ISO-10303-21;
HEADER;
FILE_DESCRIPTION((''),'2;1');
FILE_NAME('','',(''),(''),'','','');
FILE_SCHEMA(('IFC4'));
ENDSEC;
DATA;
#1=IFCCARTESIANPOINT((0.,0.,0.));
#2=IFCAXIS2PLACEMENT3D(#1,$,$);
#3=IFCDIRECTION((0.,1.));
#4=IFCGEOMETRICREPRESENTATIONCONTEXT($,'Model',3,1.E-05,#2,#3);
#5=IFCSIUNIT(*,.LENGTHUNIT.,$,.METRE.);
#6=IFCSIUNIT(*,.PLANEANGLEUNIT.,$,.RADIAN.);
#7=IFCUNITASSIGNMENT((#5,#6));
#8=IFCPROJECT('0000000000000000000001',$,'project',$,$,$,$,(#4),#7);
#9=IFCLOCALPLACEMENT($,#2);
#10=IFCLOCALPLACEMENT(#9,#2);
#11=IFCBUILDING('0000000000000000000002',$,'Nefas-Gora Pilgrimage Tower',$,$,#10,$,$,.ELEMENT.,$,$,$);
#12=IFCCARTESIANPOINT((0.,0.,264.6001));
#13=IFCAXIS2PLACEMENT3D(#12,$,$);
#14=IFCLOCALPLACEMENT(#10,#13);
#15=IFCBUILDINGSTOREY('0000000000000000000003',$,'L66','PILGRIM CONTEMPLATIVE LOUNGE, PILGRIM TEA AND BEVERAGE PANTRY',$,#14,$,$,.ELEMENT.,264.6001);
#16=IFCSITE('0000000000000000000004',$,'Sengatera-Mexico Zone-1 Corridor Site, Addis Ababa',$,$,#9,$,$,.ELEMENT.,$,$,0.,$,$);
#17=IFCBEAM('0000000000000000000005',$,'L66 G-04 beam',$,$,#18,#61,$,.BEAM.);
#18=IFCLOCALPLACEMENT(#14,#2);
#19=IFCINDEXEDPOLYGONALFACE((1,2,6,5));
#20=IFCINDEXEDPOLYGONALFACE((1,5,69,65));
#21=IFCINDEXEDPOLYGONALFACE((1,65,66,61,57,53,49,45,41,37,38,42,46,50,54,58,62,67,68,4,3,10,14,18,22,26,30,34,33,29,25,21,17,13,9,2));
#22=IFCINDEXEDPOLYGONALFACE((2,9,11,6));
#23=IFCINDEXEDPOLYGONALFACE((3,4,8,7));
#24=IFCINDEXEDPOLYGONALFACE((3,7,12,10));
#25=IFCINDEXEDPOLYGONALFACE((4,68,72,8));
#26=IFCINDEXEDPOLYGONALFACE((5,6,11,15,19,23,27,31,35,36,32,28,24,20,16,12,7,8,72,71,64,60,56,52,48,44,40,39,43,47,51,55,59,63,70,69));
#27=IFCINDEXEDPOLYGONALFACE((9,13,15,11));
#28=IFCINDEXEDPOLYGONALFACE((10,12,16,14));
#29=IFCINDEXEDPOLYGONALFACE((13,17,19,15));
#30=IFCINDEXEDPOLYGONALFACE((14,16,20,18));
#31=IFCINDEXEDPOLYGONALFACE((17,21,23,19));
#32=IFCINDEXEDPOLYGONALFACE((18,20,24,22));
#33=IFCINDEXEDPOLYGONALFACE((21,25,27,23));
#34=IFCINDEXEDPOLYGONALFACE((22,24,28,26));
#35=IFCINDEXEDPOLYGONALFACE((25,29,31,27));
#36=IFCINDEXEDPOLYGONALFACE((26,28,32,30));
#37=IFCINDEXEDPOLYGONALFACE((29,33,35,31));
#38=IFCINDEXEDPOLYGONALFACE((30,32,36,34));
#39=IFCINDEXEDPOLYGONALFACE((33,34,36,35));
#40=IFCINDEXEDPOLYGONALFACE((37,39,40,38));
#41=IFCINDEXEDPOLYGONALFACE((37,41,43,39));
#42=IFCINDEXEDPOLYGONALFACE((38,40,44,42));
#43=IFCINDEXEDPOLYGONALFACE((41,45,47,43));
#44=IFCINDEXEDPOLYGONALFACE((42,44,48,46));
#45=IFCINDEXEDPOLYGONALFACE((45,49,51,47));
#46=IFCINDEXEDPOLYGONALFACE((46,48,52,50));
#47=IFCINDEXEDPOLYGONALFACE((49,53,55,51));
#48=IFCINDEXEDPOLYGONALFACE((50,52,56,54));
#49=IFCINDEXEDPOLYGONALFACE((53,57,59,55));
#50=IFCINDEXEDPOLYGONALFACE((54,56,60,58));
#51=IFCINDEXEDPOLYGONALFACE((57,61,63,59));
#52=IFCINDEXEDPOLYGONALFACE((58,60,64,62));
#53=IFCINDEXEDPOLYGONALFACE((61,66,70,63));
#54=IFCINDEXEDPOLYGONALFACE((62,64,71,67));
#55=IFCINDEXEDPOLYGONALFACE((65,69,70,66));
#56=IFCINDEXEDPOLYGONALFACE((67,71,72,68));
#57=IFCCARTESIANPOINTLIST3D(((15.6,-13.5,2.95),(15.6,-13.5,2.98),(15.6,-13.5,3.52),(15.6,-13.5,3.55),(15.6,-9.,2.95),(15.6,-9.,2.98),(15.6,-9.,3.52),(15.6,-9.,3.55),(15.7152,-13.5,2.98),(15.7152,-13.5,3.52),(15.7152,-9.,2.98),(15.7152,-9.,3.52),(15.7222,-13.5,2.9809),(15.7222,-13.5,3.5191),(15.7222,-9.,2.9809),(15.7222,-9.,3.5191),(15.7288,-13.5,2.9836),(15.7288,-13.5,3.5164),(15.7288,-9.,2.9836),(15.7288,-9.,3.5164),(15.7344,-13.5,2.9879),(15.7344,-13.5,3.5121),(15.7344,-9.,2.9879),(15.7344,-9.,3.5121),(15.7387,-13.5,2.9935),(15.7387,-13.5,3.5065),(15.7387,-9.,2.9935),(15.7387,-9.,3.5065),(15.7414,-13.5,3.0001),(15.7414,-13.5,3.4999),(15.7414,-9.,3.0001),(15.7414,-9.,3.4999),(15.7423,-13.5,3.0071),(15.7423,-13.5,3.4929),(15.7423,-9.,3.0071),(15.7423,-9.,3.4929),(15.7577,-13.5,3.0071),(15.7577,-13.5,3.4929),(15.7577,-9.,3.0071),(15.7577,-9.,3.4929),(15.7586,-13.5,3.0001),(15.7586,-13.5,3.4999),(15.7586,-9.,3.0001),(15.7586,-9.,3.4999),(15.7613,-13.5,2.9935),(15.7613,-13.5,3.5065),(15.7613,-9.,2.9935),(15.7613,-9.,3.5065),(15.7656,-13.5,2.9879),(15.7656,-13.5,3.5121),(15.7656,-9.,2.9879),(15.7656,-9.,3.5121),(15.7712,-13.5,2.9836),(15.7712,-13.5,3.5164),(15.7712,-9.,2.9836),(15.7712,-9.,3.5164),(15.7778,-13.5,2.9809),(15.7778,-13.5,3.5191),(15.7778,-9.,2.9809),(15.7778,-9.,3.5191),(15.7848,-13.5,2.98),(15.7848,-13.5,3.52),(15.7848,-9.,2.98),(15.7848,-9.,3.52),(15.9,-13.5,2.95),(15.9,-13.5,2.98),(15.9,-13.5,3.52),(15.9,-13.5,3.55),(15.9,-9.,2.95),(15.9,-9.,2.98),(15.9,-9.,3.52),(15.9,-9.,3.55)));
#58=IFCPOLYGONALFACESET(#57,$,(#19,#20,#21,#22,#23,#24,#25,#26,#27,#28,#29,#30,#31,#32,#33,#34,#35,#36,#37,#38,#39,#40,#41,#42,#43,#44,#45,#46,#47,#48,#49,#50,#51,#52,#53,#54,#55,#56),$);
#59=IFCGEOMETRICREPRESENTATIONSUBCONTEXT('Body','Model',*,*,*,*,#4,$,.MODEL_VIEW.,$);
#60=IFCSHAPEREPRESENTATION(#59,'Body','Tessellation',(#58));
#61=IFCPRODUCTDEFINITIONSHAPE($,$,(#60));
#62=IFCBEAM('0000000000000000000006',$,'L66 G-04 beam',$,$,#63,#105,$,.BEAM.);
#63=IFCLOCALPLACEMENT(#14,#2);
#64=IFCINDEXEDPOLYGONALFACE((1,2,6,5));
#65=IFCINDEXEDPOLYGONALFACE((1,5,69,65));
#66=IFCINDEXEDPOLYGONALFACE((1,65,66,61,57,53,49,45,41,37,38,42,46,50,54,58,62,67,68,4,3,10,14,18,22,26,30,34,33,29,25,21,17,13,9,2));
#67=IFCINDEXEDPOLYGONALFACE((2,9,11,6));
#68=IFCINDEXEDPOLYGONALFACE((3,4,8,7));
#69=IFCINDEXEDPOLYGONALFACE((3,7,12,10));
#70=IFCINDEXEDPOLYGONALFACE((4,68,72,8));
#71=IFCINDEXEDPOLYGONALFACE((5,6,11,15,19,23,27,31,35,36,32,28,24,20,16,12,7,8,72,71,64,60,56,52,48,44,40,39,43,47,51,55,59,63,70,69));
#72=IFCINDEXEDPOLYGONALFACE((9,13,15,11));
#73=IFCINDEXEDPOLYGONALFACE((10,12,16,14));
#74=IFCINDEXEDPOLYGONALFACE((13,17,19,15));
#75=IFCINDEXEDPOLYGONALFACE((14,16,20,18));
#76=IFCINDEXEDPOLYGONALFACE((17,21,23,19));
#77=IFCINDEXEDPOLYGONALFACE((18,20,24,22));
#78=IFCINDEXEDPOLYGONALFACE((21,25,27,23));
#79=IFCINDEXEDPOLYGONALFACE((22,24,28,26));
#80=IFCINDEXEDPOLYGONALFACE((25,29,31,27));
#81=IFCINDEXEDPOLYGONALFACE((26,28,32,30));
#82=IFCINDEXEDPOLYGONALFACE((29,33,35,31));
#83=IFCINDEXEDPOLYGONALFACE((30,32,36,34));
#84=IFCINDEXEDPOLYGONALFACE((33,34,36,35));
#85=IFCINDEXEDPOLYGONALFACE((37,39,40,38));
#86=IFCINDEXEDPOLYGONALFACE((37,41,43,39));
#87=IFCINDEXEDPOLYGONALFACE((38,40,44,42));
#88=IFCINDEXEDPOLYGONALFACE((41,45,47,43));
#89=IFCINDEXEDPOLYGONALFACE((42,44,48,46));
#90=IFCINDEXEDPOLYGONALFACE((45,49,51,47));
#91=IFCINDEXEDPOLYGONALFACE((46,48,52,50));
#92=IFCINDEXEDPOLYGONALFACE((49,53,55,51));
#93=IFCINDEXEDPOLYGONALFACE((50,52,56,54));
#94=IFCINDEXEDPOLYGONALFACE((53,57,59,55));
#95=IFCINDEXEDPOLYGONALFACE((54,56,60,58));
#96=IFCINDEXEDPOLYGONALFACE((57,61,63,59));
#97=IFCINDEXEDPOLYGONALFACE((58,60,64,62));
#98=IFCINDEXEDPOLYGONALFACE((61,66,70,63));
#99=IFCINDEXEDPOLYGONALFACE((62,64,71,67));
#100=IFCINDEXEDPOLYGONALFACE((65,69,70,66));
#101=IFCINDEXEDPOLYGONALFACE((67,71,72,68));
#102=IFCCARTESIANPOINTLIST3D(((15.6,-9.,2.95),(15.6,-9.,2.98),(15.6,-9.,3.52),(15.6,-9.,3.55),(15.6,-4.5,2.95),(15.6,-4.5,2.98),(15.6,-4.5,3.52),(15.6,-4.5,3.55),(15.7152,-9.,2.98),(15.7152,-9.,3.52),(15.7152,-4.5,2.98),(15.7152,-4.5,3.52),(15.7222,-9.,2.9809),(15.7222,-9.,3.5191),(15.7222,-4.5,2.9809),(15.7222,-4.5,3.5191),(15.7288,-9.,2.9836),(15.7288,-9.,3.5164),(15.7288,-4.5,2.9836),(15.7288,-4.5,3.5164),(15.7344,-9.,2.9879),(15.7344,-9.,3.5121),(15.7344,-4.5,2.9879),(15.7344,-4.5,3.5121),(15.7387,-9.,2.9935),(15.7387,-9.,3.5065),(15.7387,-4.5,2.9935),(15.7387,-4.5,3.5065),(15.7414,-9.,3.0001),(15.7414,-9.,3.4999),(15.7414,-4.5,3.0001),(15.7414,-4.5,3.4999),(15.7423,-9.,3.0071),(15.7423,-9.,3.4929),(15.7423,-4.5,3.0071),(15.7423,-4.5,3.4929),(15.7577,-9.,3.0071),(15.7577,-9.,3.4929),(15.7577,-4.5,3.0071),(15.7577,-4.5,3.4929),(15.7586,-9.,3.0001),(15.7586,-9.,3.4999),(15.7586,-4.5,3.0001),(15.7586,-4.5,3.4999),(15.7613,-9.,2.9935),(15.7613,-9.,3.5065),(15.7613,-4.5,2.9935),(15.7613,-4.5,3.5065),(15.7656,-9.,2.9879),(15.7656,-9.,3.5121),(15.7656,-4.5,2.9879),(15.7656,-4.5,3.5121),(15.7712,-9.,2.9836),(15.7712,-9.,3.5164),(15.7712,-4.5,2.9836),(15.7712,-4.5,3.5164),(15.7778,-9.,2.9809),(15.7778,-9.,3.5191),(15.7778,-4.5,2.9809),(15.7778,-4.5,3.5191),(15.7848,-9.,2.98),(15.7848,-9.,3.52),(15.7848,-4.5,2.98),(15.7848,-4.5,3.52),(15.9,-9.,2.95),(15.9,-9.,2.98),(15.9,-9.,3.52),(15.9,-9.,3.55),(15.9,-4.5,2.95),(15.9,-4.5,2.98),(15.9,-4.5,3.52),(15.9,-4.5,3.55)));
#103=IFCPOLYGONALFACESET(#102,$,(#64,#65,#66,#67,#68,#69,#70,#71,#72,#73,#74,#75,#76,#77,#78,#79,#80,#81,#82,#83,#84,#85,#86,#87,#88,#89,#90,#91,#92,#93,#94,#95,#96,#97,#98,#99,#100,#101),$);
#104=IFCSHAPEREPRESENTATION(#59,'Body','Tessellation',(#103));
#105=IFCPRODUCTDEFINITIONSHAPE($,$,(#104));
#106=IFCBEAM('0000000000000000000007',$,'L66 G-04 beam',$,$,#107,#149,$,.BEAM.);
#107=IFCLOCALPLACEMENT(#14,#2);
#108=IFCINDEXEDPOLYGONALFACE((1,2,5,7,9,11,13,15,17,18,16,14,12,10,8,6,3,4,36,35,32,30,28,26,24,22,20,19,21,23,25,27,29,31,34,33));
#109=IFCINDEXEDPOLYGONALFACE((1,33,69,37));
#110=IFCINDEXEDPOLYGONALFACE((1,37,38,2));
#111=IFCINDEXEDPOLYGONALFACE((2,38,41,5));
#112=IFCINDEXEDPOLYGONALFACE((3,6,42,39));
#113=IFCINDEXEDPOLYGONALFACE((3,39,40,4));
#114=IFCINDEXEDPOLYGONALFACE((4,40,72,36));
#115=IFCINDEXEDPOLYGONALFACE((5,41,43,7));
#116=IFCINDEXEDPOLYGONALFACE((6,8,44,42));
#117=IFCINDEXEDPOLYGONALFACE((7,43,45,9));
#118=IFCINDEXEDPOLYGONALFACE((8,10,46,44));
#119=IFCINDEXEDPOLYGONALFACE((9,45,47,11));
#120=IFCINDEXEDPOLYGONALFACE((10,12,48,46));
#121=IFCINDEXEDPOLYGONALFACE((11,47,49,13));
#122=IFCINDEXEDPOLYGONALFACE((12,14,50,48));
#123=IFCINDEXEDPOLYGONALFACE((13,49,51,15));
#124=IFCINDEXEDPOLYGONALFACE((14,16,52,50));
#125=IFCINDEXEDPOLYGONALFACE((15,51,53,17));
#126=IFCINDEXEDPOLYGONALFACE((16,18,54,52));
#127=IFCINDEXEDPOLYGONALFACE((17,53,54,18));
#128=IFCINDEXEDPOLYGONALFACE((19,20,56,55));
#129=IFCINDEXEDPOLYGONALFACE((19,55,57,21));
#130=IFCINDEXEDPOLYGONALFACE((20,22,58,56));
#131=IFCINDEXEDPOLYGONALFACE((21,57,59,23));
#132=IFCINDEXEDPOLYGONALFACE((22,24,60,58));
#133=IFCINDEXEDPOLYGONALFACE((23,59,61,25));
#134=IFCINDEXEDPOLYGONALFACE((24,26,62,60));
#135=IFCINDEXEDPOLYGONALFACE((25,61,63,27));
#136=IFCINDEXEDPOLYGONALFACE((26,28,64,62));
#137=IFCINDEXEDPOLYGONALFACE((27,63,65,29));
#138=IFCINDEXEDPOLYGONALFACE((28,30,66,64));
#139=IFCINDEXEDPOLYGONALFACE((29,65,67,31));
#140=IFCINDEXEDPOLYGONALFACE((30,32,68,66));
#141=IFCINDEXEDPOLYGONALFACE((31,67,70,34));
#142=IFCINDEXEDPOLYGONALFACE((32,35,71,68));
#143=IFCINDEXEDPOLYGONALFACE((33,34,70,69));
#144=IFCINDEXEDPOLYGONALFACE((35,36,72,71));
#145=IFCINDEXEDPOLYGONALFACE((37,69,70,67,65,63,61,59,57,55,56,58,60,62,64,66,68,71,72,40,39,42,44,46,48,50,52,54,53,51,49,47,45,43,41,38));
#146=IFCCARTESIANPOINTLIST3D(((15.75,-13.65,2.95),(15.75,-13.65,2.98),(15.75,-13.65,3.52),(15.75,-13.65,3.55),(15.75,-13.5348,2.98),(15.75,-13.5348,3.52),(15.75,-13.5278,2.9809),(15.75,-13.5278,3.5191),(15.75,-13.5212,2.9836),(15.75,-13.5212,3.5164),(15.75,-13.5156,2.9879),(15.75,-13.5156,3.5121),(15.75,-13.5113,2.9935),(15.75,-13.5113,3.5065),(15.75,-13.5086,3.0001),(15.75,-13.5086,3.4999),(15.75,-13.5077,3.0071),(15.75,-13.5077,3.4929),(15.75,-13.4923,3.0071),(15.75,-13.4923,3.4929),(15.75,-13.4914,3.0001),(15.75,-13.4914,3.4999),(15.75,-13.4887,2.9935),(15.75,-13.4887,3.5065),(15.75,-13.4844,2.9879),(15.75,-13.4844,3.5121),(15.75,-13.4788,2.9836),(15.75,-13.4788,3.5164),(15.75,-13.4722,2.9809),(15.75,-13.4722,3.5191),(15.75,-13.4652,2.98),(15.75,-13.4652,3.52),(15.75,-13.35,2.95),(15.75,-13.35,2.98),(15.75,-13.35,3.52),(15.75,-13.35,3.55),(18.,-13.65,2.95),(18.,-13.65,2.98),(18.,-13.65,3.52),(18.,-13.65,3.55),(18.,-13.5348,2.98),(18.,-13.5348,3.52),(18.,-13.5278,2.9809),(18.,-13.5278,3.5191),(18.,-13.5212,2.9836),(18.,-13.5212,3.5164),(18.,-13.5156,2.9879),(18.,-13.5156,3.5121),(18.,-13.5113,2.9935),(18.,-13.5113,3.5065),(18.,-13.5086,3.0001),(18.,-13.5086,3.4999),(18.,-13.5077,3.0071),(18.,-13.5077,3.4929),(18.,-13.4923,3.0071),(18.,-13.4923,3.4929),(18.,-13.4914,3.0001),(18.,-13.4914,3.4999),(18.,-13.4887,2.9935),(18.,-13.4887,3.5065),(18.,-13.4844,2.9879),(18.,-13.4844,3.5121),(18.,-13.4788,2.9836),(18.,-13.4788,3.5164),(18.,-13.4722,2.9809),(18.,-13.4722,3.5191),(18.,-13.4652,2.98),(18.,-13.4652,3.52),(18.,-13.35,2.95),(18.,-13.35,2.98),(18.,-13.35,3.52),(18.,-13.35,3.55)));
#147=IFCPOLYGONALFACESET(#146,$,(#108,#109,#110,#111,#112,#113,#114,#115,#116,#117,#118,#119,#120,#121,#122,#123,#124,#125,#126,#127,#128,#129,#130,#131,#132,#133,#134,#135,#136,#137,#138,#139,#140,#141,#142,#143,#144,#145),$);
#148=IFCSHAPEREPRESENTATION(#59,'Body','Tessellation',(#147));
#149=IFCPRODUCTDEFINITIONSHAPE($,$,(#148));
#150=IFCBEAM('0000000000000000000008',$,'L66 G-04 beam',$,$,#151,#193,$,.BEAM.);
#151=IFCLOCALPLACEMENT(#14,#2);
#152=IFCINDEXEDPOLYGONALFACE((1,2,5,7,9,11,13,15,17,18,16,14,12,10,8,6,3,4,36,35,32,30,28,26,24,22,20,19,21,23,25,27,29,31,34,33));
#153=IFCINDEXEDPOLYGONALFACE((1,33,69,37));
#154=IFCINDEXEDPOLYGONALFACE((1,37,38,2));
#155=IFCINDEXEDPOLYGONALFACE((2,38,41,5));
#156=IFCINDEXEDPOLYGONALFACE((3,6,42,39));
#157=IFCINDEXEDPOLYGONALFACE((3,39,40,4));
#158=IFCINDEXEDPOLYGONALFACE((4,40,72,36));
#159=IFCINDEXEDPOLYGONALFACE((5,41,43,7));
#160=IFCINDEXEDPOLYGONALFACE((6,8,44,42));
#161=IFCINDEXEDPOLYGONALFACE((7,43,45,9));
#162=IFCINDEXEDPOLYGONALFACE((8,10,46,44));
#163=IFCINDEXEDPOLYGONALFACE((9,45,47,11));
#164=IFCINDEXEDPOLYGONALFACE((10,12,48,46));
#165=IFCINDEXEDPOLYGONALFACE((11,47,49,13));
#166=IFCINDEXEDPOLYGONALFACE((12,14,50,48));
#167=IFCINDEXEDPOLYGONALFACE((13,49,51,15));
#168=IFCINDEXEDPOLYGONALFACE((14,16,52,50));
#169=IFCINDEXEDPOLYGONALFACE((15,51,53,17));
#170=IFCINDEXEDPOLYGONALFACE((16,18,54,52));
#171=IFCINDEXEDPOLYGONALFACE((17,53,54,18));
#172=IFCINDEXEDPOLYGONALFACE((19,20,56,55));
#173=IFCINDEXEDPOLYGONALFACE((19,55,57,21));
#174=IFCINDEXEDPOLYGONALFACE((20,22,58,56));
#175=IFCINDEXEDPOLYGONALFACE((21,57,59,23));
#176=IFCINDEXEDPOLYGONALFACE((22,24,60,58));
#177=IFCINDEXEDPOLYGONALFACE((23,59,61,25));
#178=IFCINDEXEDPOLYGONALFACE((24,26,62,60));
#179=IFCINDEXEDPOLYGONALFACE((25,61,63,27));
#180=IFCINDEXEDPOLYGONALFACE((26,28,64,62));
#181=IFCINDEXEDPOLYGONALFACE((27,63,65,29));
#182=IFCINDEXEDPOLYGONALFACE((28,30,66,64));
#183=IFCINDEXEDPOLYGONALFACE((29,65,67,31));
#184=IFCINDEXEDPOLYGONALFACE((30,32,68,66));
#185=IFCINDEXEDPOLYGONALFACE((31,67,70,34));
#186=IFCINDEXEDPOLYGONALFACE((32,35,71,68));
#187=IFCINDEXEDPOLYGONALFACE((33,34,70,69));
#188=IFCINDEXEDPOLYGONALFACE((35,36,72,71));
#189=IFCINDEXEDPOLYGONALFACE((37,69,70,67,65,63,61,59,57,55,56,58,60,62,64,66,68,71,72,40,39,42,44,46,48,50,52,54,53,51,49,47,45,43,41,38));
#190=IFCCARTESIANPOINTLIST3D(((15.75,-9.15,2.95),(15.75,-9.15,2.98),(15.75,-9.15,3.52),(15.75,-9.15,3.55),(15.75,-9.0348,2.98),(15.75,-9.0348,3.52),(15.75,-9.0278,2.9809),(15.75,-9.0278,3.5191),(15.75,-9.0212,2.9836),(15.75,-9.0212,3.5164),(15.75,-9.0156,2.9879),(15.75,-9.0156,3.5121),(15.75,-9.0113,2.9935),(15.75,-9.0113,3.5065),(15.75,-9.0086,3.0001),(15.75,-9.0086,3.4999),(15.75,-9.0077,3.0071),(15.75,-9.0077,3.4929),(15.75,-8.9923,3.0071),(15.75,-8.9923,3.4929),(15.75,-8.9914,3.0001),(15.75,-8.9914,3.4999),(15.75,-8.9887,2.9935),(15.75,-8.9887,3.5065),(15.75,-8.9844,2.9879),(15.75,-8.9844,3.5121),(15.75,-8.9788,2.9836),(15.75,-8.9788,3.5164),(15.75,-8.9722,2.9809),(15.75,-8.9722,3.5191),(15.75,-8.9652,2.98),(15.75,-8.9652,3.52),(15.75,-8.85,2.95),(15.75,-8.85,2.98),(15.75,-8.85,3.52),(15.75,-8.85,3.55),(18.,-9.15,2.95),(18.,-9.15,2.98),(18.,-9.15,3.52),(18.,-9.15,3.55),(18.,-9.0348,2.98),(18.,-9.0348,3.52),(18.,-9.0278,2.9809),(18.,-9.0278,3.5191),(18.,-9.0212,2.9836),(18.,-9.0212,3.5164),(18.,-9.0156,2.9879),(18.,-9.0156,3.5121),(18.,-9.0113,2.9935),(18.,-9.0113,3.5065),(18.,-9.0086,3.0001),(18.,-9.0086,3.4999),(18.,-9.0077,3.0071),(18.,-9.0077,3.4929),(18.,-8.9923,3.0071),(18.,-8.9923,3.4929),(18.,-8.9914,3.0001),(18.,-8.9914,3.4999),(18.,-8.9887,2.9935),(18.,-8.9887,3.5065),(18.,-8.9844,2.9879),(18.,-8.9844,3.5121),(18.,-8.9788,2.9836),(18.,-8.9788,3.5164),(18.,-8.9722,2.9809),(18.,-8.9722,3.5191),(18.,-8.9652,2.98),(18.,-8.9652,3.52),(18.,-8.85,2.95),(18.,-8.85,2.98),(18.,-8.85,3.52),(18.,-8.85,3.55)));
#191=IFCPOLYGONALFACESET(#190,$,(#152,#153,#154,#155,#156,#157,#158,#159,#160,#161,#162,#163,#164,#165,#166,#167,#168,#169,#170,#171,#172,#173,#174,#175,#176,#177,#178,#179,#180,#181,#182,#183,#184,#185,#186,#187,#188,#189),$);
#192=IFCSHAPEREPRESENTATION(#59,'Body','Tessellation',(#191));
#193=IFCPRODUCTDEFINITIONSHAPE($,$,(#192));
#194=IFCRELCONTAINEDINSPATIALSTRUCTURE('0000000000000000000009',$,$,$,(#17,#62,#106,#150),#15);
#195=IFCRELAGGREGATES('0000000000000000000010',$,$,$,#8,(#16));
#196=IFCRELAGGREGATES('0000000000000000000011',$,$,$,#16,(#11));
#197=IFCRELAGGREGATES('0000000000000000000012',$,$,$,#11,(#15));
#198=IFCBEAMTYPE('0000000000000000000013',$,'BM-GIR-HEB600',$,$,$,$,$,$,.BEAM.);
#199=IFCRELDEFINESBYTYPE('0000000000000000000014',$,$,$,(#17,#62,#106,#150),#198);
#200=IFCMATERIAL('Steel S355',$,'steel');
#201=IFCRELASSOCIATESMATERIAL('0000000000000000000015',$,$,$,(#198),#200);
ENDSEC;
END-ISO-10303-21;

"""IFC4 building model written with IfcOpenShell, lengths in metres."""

from ifc_helpers import new_model, si_unit, direction, frame, origin, origin_2d, place, context, subcontext, project, spatial, i_section, extrude, source, transform, mapped, material, material_profile, profile_set, type_object, element, save


model = new_model("IFC4")

# Units and contexts
model_context = context("Model", 3, precision=1e-05, world=origin(), true_north=direction((0.0, 1.0)))
body_context = subcontext(model_context, "Body", "Model", "MODEL_VIEW")
ifc_project = project(units=[si_unit("LENGTHUNIT", "METRE"), si_unit("PLANEANGLEUNIT", "RADIAN")], contexts=[model_context])

# Site, building, storey
site_placement = place(None, origin())
site = spatial("IfcSite", under=ifc_project, at=site_placement, Name="Sengatera-Mexico Zone-1 Corridor Site, Addis Ababa", CompositionType="ELEMENT", RefElevation=0.0)
building_placement = place(site_placement, origin())
building = spatial("IfcBuilding", under=site, at=building_placement, Name="Nefas-Gora Pilgrimage Tower", CompositionType="ELEMENT")
storey_placement = place(building_placement, frame((0.0, 0.0, 264.6001)))
storey = spatial("IfcBuildingStorey", under=building, at=storey_placement, Name="L66", Description="PILGRIM CONTEMPLATIVE LOUNGE, PILGRIM TEA AND BEVERAGE PANTRY", CompositionType="ELEMENT", Elevation=264.6001)

# Shared definitions
ifc_material_1 = material(Name="Steel S355", Category="steel")

# Beams
ifc_material_profile_1 = material_profile(ifc_material_1, i_section(OverallWidth=0.3, OverallDepth=0.6001, WebThickness=0.0154, FlangeThickness=0.03, FilletRadius=0.0271, at=origin_2d()), Name="HEB 600")
ifc_profile_set_1 = profile_set([ifc_material_profile_1], Name="Steel S355")
beam_type_1 = type_object("IfcBeamType", Name="BM-GIR-HEB600", PredefinedType="BEAM", material=ifc_profile_set_1)
shared_shape_1 = source(origin(), body_context, "Body", "SweptSolid", [
    extrude(i_section(OverallWidth=0.3, OverallDepth=0.6001, WebThickness=0.0154, FlangeThickness=0.03, FilletRadius=0.0271, at=origin_2d()), origin(), (0.0, 0.0, 1.0), 4.5),
])
for number, where, z_axis, x_axis, name in (
    (1, (15.75, -13.5, 3.25), (0.0, 1.0, 0.0), (-1.0, 0.0, 0.0), "L66 G-04 beam"),
    (2, (15.75, -9.0, 3.25), (0.0, 1.0, 0.0), (-1.0, 0.0, 0.0), "L66 G-04 beam"),
):
    element("IfcBeam", number, at=place(storey_placement, frame(where, z_axis=z_axis, x_axis=x_axis)), inside=storey, type_object=beam_type_1, Name=name, PredefinedType="BEAM", context=body_context, shape_type="MappedRepresentation", body=[
        mapped(shared_shape_1, transform((0.0, 0.0, 0.0), x_axis=(1.0, 0.0, 0.0), y_axis=(0.0, 1.0, 0.0), z_axis=(0.0, 0.0, 1.0), scale=1.0)),
    ])
shared_shape_2 = source(origin(), body_context, "Body", "SweptSolid", [
    extrude(i_section(OverallWidth=0.3, OverallDepth=0.6001, WebThickness=0.0154, FlangeThickness=0.03, FilletRadius=0.0271, at=origin_2d()), origin(), (0.0, 0.0, 1.0), 2.25),
])
for number, where, z_axis, x_axis, name in (
    (3, (15.75, -13.5, 3.25), (1.0, 0.0, 0.0), (0.0, 1.0, 0.0), "L66 G-04 beam"),
    (4, (15.75, -9.0, 3.25), (1.0, 0.0, 0.0), (0.0, 1.0, 0.0), "L66 G-04 beam"),
):
    element("IfcBeam", number, at=place(storey_placement, frame(where, z_axis=z_axis, x_axis=x_axis)), inside=storey, type_object=beam_type_1, Name=name, PredefinedType="BEAM", context=body_context, shape_type="MappedRepresentation", body=[
        mapped(shared_shape_2, transform((0.0, 0.0, 0.0), x_axis=(1.0, 0.0, 0.0), y_axis=(0.0, 1.0, 0.0), z_axis=(0.0, 0.0, 1.0), scale=1.0)),
    ])

save(model, "model.ifc")
